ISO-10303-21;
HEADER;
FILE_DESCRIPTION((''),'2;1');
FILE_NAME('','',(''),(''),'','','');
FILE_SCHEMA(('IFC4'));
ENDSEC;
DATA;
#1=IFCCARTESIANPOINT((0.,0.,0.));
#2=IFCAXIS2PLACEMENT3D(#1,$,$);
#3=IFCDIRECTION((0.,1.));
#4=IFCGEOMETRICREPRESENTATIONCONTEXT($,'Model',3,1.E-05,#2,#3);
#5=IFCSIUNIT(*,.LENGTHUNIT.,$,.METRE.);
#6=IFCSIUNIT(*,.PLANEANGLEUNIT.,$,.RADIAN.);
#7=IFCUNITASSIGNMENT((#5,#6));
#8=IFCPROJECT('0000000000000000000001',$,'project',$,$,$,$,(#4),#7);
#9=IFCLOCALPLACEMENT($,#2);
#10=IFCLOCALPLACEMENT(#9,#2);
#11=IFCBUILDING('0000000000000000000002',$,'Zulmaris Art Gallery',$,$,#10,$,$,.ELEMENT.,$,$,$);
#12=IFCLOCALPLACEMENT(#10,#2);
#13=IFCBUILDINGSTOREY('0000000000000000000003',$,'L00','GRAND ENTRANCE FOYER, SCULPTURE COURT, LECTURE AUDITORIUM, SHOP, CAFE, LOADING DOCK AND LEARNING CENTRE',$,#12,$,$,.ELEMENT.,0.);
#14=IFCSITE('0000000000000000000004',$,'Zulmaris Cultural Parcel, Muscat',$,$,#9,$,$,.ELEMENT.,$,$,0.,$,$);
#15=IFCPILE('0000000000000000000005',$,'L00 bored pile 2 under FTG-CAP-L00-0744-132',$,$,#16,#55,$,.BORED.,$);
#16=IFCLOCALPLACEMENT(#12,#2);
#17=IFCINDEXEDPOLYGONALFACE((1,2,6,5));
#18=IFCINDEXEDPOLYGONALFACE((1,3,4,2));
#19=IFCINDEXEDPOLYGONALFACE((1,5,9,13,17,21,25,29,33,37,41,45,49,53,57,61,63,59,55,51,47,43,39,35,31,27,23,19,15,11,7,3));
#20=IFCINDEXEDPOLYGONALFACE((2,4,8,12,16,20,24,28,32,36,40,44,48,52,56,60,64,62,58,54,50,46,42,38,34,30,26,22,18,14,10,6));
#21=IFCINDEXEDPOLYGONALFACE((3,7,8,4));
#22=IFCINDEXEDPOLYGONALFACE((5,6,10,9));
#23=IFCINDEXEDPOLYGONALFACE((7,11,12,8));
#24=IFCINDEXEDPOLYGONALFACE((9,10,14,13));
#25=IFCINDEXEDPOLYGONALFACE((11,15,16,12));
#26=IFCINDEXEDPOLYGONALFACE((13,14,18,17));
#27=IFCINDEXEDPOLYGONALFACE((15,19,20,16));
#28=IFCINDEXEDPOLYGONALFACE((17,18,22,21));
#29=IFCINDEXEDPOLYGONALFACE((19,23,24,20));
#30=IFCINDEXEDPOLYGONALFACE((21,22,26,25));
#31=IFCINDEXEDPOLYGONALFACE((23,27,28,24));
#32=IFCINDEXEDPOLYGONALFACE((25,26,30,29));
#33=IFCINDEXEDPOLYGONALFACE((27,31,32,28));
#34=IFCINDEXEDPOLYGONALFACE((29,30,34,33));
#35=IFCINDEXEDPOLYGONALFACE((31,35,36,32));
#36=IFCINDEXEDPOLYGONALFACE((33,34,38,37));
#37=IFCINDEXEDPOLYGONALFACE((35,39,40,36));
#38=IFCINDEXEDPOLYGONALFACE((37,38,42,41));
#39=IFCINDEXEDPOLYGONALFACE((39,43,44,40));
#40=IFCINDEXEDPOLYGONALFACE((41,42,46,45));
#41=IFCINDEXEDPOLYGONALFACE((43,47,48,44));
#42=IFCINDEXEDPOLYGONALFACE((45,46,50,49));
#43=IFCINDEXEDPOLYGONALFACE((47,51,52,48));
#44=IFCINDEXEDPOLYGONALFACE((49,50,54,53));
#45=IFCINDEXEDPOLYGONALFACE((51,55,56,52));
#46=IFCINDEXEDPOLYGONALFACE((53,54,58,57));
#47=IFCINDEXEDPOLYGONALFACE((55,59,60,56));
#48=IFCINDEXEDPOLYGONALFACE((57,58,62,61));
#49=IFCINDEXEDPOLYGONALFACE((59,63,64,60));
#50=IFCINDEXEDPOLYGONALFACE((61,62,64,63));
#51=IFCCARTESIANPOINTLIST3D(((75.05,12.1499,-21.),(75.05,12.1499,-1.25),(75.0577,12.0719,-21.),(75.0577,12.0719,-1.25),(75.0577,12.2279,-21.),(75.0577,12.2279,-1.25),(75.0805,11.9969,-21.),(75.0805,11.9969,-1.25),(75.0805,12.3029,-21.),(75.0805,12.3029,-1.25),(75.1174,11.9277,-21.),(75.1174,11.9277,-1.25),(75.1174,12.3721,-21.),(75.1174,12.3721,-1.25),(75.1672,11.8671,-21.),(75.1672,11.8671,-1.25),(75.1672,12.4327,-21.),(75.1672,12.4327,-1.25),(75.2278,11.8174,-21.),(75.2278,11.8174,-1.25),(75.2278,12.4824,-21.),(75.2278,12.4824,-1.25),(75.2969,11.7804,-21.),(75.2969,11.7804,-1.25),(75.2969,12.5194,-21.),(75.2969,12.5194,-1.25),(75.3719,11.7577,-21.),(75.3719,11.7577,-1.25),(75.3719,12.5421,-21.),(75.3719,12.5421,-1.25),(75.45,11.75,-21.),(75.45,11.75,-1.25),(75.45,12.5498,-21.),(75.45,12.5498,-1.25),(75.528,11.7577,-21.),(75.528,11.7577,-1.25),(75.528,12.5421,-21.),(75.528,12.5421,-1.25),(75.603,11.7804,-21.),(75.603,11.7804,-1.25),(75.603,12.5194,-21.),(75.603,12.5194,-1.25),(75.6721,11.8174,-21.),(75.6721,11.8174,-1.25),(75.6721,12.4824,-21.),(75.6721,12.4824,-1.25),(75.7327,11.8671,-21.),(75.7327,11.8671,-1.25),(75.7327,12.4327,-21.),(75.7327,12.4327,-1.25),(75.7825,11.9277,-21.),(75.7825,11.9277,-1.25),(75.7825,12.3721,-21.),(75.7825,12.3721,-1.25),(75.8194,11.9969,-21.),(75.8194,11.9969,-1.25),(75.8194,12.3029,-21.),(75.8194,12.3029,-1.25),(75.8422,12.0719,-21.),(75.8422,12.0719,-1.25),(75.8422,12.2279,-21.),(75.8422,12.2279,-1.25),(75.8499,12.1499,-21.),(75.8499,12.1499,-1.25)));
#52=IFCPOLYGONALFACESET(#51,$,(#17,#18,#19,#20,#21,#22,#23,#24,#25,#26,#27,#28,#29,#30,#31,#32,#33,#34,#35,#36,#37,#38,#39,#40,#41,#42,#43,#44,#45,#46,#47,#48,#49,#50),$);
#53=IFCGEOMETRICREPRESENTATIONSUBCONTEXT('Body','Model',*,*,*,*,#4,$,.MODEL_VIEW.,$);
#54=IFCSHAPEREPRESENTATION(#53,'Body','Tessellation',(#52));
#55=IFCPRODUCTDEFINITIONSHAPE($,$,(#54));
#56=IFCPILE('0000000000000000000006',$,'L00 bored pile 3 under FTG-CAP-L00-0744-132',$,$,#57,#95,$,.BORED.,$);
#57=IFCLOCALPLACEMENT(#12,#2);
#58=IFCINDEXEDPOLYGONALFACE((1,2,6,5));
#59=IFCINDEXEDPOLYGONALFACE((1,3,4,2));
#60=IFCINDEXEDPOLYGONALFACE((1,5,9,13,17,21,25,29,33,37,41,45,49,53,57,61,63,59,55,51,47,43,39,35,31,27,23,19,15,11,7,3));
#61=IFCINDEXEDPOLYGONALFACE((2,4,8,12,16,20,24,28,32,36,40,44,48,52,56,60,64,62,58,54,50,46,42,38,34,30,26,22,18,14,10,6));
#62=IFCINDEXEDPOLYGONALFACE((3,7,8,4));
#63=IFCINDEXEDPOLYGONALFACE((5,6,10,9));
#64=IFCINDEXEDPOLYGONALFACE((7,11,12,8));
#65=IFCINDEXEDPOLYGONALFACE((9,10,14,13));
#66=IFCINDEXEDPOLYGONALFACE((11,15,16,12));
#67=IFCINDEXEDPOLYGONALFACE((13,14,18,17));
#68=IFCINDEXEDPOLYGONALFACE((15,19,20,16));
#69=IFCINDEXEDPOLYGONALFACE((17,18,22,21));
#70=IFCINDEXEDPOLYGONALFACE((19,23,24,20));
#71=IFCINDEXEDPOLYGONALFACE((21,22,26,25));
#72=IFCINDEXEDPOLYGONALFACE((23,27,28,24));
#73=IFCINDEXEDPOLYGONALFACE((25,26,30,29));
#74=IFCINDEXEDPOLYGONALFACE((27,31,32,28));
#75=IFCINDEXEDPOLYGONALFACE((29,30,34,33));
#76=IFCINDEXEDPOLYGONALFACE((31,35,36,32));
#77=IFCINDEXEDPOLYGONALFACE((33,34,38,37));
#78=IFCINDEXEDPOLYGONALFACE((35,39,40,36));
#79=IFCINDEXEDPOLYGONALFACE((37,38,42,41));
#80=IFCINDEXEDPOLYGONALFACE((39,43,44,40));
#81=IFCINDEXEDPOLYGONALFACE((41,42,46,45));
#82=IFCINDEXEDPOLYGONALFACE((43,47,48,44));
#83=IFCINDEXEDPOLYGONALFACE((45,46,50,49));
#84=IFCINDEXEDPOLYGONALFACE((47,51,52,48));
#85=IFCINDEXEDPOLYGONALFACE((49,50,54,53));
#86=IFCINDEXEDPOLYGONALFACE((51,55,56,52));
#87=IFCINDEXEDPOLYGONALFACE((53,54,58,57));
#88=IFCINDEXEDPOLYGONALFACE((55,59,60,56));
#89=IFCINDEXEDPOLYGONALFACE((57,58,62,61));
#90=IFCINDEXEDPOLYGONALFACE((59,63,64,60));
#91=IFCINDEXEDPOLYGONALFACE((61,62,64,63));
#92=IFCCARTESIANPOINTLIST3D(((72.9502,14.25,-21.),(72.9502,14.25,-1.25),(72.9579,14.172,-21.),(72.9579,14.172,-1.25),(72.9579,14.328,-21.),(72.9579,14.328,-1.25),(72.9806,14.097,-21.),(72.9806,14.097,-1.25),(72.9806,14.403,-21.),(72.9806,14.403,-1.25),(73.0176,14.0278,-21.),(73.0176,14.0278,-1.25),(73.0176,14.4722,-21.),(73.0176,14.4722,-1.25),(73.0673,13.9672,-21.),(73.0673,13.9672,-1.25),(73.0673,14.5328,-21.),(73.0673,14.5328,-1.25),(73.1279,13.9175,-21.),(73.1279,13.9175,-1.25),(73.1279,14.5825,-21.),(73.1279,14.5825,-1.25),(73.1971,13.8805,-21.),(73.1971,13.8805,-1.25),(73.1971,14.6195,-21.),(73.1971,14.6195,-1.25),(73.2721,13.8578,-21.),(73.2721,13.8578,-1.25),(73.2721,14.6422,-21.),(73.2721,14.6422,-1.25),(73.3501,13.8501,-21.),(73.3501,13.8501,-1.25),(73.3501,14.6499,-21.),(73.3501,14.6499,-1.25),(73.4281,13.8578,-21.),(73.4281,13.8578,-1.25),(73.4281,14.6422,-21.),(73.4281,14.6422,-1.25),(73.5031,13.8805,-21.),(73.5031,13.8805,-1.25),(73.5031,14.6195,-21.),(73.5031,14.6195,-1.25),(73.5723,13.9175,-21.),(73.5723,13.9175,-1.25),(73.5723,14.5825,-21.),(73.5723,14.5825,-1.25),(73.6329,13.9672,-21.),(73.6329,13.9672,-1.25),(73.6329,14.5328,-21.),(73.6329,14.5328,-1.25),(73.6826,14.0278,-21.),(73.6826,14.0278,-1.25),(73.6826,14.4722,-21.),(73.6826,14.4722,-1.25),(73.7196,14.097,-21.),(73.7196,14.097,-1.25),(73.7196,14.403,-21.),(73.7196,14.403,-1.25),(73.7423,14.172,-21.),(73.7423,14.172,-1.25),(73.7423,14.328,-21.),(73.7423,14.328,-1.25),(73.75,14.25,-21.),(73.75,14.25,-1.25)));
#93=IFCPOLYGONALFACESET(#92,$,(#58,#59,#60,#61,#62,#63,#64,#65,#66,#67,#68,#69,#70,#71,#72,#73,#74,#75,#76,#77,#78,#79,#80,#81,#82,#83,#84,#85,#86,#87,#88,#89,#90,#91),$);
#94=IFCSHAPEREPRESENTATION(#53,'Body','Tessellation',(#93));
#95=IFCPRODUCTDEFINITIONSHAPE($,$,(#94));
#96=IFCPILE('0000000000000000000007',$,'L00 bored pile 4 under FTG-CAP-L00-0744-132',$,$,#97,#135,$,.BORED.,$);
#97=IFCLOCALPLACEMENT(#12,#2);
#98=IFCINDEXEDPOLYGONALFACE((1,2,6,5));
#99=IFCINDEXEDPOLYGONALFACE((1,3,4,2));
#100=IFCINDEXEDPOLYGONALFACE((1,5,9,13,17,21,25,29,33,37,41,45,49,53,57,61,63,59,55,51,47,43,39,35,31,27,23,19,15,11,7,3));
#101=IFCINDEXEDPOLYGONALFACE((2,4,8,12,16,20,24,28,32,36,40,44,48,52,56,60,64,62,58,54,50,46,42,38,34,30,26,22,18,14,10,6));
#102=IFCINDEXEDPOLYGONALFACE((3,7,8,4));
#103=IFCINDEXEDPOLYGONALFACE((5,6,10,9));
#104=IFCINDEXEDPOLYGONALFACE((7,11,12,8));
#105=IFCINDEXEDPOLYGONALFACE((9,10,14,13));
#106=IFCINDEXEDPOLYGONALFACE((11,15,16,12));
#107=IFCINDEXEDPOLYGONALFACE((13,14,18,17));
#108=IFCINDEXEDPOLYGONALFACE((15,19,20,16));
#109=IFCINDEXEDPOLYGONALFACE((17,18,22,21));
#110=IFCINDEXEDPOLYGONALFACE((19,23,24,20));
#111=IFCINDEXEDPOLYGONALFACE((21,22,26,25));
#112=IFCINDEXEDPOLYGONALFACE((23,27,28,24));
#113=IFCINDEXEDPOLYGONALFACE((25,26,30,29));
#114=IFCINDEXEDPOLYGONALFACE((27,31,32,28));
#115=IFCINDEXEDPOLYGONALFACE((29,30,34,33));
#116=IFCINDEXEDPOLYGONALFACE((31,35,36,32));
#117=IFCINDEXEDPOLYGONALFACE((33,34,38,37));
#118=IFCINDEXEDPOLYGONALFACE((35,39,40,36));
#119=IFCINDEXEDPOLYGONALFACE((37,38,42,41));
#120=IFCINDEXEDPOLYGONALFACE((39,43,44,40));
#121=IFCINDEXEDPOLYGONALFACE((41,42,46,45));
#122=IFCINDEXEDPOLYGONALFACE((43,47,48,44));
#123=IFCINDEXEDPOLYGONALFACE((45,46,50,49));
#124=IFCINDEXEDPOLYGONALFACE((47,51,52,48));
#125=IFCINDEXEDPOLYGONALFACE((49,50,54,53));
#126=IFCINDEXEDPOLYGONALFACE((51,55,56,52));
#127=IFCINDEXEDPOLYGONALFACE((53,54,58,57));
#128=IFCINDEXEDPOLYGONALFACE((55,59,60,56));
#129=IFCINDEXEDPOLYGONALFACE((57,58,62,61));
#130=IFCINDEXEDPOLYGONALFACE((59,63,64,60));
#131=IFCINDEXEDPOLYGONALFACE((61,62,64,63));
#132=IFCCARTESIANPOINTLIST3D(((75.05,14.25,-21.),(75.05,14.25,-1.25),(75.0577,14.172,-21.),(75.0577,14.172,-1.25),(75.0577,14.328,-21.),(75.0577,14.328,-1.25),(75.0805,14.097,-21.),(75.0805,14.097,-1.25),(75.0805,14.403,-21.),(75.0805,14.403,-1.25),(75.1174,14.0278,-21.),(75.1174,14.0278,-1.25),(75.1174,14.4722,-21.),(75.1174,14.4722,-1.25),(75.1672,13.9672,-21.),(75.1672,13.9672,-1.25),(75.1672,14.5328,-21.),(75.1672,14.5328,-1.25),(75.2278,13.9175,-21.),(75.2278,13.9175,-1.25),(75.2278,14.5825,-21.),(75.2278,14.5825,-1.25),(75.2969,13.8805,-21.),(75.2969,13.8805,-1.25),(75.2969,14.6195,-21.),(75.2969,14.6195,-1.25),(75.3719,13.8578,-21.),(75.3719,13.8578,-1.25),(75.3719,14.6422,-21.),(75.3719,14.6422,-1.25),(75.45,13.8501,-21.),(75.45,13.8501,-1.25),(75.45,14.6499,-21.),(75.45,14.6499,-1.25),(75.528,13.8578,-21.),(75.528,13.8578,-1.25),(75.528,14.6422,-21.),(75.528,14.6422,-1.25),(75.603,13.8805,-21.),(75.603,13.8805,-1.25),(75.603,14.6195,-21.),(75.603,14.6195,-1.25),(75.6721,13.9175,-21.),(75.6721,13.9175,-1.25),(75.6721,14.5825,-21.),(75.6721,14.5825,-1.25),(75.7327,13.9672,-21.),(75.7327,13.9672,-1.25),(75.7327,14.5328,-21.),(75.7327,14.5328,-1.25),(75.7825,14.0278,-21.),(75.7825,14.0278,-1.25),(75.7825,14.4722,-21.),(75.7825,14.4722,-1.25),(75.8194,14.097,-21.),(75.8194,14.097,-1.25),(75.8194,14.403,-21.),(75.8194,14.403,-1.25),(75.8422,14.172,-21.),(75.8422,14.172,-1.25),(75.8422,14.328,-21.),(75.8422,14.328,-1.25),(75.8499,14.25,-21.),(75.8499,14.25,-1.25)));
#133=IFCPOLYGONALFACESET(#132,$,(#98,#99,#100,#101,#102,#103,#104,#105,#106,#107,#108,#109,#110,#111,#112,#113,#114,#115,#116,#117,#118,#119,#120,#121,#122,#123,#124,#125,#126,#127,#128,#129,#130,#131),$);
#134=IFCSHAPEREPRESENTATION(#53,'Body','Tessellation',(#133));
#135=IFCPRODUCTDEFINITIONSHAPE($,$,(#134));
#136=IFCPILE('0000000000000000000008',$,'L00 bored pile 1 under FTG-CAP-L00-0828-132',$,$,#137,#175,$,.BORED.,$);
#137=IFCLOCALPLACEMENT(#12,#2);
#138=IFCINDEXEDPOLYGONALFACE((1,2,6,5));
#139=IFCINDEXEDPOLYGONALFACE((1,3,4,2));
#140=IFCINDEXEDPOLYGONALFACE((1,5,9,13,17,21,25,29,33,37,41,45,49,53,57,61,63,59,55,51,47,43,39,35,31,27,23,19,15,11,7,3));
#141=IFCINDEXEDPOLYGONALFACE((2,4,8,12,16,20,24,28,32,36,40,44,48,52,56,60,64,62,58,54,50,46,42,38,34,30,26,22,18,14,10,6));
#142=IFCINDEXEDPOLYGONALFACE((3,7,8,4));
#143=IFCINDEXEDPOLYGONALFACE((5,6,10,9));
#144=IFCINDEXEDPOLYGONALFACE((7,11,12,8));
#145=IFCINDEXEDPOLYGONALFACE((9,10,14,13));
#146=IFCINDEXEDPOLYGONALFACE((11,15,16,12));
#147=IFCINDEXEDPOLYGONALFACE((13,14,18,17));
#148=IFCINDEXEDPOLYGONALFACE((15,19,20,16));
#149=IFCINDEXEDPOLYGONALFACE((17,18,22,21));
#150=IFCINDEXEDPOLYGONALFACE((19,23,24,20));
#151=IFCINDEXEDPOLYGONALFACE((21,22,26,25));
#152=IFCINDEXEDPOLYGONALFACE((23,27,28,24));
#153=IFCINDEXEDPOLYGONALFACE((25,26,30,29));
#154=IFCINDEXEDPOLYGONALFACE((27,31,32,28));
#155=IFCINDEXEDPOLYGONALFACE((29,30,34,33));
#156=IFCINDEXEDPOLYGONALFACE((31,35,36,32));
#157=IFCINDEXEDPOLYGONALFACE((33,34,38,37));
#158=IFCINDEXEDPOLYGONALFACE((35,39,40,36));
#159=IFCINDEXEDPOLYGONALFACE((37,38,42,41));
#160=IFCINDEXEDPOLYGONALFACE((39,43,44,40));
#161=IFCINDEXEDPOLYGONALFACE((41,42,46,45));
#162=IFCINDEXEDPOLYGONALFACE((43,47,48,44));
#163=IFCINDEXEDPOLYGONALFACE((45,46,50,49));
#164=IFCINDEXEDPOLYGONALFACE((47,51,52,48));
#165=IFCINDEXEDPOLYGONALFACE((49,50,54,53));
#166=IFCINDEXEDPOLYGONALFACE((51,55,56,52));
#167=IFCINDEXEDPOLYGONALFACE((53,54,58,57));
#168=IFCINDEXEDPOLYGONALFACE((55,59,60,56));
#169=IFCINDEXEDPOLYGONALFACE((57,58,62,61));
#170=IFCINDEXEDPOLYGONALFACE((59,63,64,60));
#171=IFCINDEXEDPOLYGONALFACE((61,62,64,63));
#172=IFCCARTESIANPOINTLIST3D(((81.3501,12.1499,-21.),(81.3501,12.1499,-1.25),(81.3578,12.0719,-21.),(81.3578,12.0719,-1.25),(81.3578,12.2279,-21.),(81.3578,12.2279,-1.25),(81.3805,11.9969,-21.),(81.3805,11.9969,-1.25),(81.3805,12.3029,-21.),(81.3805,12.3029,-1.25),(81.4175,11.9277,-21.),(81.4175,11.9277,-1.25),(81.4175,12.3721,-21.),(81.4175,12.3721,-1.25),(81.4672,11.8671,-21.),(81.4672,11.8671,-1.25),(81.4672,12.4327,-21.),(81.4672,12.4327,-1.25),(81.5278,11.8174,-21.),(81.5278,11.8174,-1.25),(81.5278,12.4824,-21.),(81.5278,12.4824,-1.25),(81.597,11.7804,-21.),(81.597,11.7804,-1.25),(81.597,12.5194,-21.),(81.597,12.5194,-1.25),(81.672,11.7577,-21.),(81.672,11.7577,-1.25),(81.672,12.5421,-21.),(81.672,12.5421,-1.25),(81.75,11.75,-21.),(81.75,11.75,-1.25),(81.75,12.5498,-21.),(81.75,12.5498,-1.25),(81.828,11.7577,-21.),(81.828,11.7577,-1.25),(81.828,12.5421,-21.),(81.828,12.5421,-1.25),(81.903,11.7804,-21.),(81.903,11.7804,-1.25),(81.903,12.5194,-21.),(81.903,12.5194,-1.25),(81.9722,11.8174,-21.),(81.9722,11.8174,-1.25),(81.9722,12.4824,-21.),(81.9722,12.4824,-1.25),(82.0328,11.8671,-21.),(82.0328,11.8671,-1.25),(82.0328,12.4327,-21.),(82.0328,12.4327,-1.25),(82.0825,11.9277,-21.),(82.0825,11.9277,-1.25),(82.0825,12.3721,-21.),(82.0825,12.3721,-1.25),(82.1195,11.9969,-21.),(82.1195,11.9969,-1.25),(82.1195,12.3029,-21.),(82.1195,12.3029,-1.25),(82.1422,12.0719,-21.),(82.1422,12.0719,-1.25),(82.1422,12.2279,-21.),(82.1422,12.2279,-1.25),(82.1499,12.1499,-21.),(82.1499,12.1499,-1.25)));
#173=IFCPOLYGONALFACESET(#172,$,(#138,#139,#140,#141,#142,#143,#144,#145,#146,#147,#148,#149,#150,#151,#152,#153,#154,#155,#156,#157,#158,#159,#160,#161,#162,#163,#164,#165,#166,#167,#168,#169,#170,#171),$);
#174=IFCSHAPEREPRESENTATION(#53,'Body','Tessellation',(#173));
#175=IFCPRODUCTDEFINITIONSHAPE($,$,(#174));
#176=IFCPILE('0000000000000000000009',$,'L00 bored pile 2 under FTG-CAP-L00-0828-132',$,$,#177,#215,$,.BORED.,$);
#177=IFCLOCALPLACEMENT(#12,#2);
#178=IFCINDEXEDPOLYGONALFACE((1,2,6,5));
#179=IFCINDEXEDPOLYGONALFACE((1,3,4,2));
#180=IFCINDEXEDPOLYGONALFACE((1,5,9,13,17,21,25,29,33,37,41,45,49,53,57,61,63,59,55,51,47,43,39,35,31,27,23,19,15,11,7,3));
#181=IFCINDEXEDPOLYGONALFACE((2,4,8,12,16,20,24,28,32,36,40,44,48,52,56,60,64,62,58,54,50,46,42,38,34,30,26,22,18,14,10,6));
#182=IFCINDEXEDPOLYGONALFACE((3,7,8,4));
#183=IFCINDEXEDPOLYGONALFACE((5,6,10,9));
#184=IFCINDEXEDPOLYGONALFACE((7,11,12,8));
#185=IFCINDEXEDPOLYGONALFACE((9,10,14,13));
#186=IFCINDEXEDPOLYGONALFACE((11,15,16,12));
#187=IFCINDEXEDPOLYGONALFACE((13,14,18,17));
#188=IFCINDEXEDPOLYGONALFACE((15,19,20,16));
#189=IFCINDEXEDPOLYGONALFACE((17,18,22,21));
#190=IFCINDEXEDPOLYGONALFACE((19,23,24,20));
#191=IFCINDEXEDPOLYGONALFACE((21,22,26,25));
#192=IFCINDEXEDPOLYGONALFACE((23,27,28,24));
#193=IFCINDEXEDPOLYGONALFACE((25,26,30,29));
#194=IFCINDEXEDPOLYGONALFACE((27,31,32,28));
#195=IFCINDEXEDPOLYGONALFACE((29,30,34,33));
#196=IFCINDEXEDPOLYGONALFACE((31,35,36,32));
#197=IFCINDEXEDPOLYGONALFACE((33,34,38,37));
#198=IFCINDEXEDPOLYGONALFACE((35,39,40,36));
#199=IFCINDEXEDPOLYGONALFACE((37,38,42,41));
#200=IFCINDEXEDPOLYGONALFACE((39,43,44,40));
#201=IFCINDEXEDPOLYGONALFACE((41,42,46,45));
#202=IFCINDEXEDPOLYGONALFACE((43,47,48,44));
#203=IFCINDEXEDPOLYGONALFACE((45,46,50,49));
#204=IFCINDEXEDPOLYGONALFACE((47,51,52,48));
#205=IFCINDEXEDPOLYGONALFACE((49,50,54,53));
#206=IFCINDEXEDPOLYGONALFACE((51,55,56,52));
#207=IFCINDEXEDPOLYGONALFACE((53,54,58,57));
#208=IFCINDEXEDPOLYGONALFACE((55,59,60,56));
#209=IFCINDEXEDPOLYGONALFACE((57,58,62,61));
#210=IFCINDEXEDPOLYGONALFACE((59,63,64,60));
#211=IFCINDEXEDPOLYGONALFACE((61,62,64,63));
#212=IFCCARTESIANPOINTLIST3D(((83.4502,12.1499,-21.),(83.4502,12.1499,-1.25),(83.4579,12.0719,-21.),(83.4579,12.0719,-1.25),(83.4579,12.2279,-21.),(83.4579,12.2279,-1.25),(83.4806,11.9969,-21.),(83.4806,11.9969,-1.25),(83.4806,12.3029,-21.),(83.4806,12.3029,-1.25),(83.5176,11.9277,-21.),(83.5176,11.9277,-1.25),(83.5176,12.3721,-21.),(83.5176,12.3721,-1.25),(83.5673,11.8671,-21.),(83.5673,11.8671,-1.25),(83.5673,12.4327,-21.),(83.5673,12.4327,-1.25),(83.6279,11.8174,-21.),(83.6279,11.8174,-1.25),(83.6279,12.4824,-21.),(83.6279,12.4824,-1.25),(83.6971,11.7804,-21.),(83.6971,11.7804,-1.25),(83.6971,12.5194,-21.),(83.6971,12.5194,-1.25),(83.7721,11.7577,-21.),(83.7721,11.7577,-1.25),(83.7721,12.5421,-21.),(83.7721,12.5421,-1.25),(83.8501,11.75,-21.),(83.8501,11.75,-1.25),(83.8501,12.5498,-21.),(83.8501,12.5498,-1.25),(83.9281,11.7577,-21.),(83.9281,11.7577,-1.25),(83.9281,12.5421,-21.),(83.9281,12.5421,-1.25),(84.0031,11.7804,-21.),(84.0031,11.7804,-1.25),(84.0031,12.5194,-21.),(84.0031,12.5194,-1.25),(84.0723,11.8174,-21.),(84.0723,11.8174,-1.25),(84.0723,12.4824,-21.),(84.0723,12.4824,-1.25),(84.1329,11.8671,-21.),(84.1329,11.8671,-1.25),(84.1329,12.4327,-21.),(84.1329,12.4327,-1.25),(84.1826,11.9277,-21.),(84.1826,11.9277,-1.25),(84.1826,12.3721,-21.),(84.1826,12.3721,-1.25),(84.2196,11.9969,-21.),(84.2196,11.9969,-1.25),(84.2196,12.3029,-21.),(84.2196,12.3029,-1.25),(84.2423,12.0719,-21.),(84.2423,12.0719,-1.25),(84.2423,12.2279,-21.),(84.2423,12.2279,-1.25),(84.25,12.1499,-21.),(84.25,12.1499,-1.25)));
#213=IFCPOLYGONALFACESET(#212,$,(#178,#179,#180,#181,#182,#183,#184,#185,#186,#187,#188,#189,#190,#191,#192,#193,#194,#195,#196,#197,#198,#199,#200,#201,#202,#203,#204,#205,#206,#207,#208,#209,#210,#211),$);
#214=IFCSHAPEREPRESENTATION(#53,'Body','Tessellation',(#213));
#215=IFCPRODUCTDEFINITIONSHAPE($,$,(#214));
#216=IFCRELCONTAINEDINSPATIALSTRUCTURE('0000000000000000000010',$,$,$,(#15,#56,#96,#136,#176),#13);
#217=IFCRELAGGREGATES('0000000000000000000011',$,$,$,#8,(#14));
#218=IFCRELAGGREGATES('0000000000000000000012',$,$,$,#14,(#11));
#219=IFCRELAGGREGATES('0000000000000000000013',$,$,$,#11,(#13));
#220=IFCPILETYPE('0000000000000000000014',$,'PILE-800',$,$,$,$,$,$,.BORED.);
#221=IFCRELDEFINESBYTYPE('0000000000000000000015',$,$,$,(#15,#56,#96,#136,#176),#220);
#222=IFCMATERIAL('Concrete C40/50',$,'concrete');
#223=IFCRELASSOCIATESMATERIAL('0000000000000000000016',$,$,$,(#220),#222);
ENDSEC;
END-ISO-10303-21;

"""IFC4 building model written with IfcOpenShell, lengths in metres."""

from ifc_helpers import new_model, si_unit, direction, frame, origin, origin_2d, place, context, subcontext, project, spatial, circle, extrude, material, material_profile, profile_set, type_object, element, save


model = new_model("IFC4")

# Units and contexts
model_context = context("Model", 3, precision=1e-05, world=origin(), true_north=direction((0.0, 1.0)))
body_context = subcontext(model_context, "Body", "Model", "MODEL_VIEW")
ifc_project = project(units=[si_unit("LENGTHUNIT", "METRE"), si_unit("PLANEANGLEUNIT", "RADIAN")], contexts=[model_context])

# Site, building, storey
site_placement = place(None, origin())
site = spatial("IfcSite", under=ifc_project, at=site_placement, Name="Zulmaris Cultural Parcel, Muscat", CompositionType="ELEMENT", RefElevation=0.0)
building_placement = place(site_placement, origin())
building = spatial("IfcBuilding", under=site, at=building_placement, Name="Zulmaris Art Gallery", CompositionType="ELEMENT")
storey_placement = place(building_placement, origin())
storey = spatial("IfcBuildingStorey", under=building, at=storey_placement, Name="L00", Description="GRAND ENTRANCE FOYER, SCULPTURE COURT, LECTURE AUDITORIUM, SHOP, CAFE, LOADING DOCK AND LEARNING CENTRE", CompositionType="ELEMENT", Elevation=0.0)

# Piles
ifc_material_1 = material(Name="Concrete C40/50", Category="concrete")
ifc_material_profile_1 = material_profile(ifc_material_1, circle(Radius=0.3999, at=origin_2d()), Name="PILE DIA 800")
ifc_profile_set_1 = profile_set([ifc_material_profile_1], Name="Concrete C40/50")
pile_type_1 = type_object("IfcPileType", Name="PILE-800", PredefinedType="BORED", material=ifc_profile_set_1)
for number, where, z_axis, x_axis, name in (
    (1, (75.45, 12.1499, -1.25), (0.0, 0.0, -1.0), (1.0, 0.0, 0.0), "L00 bored pile 2 under FTG-CAP-L00-0744-132"),
    (2, (73.3501, 14.25, -1.25), (0.0, 0.0, -1.0), (1.0, 0.0, 0.0), "L00 bored pile 3 under FTG-CAP-L00-0744-132"),
    (3, (75.45, 14.25, -1.25), (0.0, 0.0, -1.0), (1.0, 0.0, 0.0), "L00 bored pile 4 under FTG-CAP-L00-0744-132"),
    (4, (81.75, 12.1499, -1.25), (0.0, 0.0, -1.0), (1.0, 0.0, 0.0), "L00 bored pile 1 under FTG-CAP-L00-0828-132"),
    (5, (83.8501, 12.1499, -1.25), (0.0, 0.0, -1.0), (1.0, 0.0, 0.0), "L00 bored pile 2 under FTG-CAP-L00-0828-132"),
):
    element("IfcPile", number, at=place(storey_placement, frame(where, z_axis=z_axis, x_axis=x_axis)), inside=storey, type_object=pile_type_1, Name=name, PredefinedType="BORED", context=body_context, shape_type="SweptSolid", body=[
        extrude(circle(Radius=0.3999, at=origin_2d()), origin(), (0.0, 0.0, 1.0), 19.75),
    ])

save(model, "model.ifc")
